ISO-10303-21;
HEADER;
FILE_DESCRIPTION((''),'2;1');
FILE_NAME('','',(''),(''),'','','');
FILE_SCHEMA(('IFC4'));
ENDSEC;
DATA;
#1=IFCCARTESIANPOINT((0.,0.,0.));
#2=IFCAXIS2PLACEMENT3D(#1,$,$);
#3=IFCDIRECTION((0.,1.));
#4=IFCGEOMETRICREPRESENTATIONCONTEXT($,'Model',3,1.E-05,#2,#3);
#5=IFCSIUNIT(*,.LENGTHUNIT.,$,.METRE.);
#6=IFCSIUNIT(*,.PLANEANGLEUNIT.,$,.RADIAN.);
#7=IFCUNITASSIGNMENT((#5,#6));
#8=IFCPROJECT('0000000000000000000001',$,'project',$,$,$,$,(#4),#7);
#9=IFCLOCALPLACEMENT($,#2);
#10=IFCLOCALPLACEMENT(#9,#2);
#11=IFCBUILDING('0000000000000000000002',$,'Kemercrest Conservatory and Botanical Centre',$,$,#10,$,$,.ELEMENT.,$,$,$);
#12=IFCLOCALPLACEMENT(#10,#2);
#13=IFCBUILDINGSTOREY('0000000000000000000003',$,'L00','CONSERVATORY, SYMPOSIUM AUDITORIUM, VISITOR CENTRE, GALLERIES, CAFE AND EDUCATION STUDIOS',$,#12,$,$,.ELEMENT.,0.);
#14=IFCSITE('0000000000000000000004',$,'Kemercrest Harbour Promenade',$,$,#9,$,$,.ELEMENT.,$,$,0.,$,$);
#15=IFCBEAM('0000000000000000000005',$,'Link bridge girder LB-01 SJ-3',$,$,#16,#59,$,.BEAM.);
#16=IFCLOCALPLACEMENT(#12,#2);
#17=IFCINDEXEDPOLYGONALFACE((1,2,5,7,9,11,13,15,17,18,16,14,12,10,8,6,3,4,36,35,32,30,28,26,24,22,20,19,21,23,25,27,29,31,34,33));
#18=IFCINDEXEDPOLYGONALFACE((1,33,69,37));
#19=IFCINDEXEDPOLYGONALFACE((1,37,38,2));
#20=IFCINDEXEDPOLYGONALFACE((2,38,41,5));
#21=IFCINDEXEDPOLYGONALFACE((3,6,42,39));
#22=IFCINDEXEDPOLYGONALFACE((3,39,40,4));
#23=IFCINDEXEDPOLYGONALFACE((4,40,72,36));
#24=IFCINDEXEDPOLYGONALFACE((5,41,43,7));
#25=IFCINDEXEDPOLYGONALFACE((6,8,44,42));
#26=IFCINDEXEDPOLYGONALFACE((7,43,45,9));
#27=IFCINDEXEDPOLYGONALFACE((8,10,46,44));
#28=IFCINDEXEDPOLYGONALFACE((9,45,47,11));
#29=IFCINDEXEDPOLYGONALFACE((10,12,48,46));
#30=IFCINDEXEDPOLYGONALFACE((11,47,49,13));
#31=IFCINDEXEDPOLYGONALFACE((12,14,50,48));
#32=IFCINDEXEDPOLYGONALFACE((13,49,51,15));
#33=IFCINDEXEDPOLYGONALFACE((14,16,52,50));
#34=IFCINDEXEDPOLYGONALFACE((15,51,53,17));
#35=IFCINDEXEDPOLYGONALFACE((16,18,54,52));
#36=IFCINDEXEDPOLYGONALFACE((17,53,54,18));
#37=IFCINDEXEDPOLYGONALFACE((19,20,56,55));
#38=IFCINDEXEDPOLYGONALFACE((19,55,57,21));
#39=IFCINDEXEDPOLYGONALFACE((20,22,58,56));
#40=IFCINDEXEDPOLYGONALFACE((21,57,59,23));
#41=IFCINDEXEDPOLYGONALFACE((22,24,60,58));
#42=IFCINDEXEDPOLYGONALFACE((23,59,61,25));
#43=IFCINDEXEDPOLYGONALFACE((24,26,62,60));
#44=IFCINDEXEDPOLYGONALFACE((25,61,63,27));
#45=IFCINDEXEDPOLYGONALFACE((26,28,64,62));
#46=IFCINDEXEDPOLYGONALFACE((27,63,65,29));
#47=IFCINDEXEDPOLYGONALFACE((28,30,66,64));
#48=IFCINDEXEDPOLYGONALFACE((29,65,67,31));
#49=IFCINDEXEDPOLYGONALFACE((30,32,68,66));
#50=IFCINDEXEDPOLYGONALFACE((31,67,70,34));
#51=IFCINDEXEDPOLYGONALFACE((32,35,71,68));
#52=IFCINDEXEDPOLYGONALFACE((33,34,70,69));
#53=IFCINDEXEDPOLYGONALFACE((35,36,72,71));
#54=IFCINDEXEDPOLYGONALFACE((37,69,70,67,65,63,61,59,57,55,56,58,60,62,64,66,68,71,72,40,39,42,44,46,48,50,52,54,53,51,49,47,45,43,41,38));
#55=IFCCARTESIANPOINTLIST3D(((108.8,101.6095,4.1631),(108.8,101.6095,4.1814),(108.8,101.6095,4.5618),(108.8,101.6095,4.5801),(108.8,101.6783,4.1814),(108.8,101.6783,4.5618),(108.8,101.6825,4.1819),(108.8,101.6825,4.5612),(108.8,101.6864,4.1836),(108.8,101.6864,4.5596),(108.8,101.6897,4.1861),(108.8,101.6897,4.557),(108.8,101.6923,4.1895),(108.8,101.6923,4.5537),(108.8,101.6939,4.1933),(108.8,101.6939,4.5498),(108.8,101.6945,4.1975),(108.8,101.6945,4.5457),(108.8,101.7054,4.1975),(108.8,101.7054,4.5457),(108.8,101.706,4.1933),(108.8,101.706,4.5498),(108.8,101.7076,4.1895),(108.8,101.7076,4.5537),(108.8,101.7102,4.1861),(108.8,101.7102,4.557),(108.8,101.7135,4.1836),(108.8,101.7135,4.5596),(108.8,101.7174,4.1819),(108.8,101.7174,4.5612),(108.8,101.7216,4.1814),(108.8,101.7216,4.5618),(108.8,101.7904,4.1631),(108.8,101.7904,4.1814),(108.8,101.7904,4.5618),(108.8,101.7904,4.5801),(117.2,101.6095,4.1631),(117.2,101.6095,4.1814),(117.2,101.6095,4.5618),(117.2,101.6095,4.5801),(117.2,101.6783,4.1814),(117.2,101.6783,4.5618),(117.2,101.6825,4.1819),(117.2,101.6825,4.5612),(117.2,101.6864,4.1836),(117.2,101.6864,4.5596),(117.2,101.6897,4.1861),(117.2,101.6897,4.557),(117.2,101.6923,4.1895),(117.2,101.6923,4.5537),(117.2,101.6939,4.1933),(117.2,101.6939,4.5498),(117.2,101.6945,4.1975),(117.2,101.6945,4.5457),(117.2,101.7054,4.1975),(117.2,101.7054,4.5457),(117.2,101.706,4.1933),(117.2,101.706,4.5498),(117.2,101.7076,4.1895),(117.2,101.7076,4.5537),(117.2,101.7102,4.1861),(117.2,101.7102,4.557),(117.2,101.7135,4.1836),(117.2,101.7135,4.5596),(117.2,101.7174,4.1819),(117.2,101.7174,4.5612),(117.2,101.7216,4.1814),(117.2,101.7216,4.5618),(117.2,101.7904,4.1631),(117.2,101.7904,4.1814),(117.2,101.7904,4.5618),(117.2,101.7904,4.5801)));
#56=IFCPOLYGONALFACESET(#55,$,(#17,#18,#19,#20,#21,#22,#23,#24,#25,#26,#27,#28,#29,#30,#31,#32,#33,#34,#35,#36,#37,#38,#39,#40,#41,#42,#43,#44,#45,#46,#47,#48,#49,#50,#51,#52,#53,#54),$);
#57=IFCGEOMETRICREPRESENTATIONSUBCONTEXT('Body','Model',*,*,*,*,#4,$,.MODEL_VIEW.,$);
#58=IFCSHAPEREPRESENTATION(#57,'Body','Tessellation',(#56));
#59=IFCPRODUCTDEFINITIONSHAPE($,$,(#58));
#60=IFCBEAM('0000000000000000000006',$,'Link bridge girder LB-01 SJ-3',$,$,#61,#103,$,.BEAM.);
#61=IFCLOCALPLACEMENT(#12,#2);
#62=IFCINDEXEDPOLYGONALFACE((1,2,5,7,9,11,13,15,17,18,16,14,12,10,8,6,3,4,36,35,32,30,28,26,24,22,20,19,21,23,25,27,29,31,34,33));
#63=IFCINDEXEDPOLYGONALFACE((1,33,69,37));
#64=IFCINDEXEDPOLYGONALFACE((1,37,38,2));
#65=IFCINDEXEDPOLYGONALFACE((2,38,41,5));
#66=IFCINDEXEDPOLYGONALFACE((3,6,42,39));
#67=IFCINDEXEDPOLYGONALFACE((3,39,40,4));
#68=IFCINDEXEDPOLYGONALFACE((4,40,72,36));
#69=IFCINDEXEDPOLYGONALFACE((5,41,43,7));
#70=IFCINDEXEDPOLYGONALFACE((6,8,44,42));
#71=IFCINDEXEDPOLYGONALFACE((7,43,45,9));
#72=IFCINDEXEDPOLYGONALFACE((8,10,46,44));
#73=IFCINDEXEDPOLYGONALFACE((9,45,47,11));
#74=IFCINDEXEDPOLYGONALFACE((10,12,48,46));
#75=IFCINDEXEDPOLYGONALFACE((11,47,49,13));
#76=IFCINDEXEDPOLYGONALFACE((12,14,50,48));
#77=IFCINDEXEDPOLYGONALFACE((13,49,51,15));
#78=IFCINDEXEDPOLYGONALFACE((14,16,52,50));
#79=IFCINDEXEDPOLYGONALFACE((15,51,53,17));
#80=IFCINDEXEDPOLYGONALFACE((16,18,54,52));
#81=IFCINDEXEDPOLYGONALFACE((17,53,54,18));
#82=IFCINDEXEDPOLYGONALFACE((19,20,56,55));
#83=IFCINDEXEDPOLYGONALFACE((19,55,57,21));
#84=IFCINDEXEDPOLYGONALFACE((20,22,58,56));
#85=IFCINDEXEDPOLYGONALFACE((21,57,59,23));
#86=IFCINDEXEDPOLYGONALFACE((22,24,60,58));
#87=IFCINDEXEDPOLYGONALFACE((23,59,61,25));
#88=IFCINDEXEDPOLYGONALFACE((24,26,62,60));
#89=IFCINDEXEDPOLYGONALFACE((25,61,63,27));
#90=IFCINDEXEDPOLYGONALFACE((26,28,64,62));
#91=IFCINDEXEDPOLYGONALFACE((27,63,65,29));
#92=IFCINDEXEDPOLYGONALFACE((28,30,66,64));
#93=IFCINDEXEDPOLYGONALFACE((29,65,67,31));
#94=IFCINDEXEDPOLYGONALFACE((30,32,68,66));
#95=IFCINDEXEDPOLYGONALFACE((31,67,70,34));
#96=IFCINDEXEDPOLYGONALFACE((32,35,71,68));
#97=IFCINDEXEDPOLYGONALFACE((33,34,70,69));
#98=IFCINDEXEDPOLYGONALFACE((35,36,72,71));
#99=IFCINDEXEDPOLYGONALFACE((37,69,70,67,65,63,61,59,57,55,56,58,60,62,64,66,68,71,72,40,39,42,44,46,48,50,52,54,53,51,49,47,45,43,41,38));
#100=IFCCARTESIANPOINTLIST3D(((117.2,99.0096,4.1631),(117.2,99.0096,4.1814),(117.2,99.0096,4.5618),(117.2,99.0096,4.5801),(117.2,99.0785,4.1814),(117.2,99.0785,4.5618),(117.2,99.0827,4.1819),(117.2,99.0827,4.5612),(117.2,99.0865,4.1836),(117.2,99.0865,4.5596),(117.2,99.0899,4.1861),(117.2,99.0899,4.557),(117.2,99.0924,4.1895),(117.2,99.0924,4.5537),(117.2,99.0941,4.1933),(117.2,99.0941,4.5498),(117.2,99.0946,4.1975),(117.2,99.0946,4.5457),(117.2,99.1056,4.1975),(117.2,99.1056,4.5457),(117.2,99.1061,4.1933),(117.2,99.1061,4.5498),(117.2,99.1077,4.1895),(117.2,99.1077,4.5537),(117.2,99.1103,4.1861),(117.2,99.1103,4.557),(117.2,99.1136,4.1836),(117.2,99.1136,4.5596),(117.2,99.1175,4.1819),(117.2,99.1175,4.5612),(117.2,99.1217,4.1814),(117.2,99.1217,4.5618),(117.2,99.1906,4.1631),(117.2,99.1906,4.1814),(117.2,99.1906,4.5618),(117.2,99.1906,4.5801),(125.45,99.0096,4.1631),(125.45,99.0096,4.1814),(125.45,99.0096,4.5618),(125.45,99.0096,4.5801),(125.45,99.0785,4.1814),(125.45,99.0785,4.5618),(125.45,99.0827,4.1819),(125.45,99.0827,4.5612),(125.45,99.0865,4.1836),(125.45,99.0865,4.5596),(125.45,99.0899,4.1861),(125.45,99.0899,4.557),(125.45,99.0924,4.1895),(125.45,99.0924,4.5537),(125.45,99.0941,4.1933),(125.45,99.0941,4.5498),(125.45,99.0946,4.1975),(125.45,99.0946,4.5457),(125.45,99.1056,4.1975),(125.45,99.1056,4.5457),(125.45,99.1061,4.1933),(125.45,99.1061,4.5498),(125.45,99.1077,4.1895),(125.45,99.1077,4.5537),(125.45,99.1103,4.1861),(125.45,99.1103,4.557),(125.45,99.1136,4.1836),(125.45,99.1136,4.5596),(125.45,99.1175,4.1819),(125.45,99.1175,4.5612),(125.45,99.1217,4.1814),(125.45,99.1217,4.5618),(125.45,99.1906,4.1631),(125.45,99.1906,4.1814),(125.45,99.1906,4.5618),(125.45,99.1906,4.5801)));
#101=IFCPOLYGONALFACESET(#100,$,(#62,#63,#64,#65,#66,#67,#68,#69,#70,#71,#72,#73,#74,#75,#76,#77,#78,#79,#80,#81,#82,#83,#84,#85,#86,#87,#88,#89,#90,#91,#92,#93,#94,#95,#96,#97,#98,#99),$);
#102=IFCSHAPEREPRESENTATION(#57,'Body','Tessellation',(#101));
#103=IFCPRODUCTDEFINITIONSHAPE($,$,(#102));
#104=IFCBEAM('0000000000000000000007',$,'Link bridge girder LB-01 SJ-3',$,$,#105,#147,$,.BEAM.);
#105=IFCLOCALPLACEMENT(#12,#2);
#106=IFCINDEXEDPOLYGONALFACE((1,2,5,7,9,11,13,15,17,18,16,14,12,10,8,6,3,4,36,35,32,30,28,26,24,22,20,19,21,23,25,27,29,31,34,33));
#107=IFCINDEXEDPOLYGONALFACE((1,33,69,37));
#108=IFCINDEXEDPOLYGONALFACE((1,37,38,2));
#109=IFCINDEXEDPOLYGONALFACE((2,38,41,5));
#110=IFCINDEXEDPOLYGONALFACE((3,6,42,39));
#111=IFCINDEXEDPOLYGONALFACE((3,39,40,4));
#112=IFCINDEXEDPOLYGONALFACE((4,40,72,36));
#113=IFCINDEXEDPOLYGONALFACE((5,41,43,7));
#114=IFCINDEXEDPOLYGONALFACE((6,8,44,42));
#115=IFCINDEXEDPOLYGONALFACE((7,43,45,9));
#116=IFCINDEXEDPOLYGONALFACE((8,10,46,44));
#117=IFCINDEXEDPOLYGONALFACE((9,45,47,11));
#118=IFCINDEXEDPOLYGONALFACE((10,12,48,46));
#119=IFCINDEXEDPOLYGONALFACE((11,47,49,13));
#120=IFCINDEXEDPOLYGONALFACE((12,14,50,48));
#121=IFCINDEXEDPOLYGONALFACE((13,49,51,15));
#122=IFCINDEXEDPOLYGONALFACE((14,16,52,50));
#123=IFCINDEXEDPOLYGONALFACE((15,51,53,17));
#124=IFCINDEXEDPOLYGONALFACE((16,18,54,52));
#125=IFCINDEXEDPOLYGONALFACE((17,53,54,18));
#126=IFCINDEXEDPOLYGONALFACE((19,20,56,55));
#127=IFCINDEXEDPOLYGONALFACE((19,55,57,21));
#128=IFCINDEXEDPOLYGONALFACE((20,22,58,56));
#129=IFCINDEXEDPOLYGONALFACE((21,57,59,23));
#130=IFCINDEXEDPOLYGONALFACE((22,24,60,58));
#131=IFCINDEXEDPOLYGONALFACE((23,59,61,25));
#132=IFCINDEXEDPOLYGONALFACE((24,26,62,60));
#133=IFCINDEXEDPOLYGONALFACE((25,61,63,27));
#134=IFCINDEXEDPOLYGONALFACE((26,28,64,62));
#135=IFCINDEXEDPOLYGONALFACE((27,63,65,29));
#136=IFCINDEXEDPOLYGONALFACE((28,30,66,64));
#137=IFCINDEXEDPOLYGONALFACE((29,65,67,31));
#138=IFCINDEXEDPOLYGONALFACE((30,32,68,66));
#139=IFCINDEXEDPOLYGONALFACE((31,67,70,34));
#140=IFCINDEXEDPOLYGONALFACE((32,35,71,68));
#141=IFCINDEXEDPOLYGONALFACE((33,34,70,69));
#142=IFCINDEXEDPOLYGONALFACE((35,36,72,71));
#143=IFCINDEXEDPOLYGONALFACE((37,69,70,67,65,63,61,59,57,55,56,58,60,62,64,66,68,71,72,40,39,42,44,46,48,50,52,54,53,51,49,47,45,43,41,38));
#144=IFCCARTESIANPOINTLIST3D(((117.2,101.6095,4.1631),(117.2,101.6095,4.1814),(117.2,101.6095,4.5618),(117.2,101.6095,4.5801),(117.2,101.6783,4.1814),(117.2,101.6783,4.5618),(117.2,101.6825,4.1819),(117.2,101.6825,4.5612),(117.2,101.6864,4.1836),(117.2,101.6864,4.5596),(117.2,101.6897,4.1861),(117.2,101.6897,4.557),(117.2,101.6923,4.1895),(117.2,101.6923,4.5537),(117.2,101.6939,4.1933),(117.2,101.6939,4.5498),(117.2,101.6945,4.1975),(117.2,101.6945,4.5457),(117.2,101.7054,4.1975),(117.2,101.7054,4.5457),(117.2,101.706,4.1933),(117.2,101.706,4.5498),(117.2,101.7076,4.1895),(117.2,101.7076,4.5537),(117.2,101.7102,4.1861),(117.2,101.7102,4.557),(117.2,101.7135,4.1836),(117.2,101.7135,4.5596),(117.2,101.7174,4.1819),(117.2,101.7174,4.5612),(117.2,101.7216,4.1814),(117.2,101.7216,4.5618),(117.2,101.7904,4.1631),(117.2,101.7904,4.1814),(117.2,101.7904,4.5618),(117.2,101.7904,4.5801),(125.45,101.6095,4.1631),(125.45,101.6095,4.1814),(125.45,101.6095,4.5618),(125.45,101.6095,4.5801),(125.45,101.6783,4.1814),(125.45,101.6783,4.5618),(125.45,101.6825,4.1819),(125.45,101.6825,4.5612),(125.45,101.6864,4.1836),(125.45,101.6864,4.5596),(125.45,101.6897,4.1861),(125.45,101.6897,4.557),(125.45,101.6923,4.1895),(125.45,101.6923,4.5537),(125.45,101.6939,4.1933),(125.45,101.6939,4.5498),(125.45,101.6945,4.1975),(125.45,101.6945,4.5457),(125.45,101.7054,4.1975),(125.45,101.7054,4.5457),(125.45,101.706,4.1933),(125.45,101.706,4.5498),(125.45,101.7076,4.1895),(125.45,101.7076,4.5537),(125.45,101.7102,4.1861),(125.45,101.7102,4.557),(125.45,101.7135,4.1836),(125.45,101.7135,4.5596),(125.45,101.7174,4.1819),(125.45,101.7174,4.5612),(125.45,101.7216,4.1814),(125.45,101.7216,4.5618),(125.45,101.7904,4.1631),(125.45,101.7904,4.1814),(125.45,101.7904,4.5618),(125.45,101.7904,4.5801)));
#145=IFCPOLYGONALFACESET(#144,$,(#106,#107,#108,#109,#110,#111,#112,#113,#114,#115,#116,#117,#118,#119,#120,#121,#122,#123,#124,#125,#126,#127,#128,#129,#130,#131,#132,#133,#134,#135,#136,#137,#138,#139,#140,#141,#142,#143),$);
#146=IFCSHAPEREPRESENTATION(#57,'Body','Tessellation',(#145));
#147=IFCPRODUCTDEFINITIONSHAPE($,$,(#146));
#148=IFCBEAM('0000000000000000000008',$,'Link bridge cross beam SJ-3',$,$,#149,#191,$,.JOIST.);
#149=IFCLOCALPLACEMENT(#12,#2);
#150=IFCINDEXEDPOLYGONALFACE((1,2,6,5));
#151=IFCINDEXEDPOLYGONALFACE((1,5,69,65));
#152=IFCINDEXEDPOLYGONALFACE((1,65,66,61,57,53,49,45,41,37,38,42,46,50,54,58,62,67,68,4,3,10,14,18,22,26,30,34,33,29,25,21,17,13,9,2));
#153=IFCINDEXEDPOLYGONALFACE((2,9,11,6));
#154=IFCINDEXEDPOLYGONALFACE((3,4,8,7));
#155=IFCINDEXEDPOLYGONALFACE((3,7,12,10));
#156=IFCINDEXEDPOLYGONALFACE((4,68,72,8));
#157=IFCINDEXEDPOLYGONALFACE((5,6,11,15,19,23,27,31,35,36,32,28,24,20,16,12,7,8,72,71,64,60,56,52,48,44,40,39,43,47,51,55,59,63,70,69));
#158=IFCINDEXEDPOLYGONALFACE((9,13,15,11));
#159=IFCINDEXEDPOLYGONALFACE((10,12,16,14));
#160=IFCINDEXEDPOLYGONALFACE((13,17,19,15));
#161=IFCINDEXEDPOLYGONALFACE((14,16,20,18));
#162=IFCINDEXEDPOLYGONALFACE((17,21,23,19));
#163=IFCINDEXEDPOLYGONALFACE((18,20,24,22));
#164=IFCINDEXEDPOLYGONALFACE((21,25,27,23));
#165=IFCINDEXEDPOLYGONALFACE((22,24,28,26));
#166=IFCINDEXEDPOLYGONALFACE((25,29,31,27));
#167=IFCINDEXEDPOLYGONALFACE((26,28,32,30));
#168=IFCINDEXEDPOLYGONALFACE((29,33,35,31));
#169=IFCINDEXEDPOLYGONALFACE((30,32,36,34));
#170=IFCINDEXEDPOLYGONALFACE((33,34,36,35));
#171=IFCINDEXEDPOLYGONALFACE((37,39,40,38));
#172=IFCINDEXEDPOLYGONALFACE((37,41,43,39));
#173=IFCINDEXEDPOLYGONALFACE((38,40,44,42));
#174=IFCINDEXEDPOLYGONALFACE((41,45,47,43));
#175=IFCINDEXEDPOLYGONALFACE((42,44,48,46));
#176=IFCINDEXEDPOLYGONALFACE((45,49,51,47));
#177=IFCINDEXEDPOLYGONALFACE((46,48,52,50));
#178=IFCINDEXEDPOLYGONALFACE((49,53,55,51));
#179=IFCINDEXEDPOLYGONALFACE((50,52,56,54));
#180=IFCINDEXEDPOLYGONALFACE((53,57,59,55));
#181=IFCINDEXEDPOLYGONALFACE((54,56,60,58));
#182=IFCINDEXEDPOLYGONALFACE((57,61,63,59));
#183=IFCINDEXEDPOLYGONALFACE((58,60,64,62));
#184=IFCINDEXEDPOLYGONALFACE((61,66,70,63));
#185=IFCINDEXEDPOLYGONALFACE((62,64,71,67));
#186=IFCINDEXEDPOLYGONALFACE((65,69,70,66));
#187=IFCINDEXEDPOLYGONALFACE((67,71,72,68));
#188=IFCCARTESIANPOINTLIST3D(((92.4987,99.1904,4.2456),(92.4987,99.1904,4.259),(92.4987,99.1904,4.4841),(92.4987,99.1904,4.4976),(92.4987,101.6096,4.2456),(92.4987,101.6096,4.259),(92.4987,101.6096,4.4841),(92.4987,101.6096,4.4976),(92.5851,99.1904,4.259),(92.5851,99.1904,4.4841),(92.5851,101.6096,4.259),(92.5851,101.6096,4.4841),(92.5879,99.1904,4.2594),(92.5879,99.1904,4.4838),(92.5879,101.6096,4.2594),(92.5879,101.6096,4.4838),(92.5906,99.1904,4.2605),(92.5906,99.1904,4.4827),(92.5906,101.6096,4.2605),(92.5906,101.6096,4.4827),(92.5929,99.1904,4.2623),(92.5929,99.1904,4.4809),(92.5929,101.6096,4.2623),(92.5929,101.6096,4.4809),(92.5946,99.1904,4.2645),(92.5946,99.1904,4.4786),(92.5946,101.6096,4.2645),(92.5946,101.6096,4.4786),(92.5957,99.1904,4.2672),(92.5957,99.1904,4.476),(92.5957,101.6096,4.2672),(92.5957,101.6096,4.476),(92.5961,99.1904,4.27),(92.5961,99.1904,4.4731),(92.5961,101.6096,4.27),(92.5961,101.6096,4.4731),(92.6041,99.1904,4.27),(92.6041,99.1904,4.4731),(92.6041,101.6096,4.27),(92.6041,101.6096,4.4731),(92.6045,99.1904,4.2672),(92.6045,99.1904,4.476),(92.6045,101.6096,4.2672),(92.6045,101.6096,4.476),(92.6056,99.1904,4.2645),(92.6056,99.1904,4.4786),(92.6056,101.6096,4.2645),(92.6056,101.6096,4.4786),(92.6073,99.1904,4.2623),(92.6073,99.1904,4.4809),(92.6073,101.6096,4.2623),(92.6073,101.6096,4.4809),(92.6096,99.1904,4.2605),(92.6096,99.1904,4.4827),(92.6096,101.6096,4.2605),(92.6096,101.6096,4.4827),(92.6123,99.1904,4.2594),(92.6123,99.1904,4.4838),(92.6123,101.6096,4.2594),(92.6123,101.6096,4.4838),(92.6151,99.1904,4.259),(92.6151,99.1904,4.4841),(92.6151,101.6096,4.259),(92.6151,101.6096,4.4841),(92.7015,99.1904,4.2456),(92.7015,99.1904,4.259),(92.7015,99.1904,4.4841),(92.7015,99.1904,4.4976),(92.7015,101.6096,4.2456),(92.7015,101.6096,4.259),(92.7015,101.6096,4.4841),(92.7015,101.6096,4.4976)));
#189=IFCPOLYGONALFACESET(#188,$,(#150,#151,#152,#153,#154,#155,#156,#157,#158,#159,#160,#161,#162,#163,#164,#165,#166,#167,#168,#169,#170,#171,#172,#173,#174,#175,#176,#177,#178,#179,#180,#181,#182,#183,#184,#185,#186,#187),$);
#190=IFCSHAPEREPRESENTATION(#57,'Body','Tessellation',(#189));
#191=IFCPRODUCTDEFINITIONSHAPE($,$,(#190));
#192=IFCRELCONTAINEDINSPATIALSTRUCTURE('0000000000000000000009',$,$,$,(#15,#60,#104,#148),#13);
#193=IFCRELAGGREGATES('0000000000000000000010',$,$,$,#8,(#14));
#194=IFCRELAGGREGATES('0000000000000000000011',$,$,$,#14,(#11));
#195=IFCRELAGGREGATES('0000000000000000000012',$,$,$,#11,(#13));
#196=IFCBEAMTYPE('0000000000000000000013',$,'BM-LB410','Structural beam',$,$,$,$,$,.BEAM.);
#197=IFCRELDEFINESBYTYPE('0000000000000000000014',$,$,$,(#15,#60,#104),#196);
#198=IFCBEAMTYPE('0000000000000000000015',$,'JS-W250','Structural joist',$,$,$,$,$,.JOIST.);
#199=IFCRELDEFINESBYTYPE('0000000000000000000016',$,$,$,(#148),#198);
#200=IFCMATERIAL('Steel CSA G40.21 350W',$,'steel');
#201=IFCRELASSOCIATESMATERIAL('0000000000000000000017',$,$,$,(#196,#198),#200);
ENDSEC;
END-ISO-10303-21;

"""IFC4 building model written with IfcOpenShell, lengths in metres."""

from ifc_helpers import new_model, si_unit, direction, frame, origin, origin_2d, place, context, subcontext, project, spatial, i_section, extrude, material, material_profile, profile_set, type_object, element, save


model = new_model("IFC4")

# Units and contexts
model_context = context("Model", 3, precision=1e-05, world=origin(), true_north=direction((0.0, 1.0)))
body_context = subcontext(model_context, "Body", "Model", "MODEL_VIEW")
ifc_project = project(units=[si_unit("LENGTHUNIT", "METRE"), si_unit("PLANEANGLEUNIT", "RADIAN")], contexts=[model_context])

# Site, building, storey
site_placement = place(None, origin())
site = spatial("IfcSite", under=ifc_project, at=site_placement, Name="Kemercrest Harbour Promenade", CompositionType="ELEMENT", RefElevation=0.0)
building_placement = place(site_placement, origin())
building = spatial("IfcBuilding", under=site, at=building_placement, Name="Kemercrest Conservatory and Botanical Centre", CompositionType="ELEMENT")
storey_placement = place(building_placement, origin())
storey = spatial("IfcBuildingStorey", under=building, at=storey_placement, Name="L00", Description="CONSERVATORY, SYMPOSIUM AUDITORIUM, VISITOR CENTRE, GALLERIES, CAFE AND EDUCATION STUDIOS", CompositionType="ELEMENT", Elevation=0.0)

# Shared definitions
ifc_material_1 = material(Name="Steel CSA G40.21 350W", Category="steel")

# Beams
ifc_material_profile_1 = material_profile(ifc_material_1, i_section(OverallWidth=0.1809, OverallDepth=0.417, WebThickness=0.011, FlangeThickness=0.0183, FilletRadius=0.0161, at=origin_2d()), Name="W410X85")
ifc_profile_set_1 = profile_set([ifc_material_profile_1], Name="Steel CSA G40.21 350W")
beam_type_1 = type_object("IfcBeamType", Name="BM-LB410", Description="Structural beam", PredefinedType="BEAM", material=ifc_profile_set_1)
for number, where, z_axis, x_axis, name in (
    (1, (108.8, 101.7, 4.3716), (1.0, 0.0, 0.0), (0.0, 1.0, 0.0), "Link bridge girder LB-01 SJ-3"),
):
    element("IfcBeam", number, at=place(storey_placement, frame(where, z_axis=z_axis, x_axis=x_axis)), inside=storey, type_object=beam_type_1, Name=name, PredefinedType="BEAM", context=body_context, shape_type="SweptSolid", body=[
        extrude(i_section(OverallWidth=0.1809, OverallDepth=0.417, WebThickness=0.011, FlangeThickness=0.0183, FilletRadius=0.0161, at=origin_2d()), origin(), (0.0, 0.0, 1.0), 8.3999),
    ])
for number, where, z_axis, x_axis, name in (
    (2, (117.2, 99.1001, 4.3716), (1.0, 0.0, 0.0), (0.0, 1.0, 0.0), "Link bridge girder LB-01 SJ-3"),
    (3, (117.2, 101.7, 4.3716), (1.0, 0.0, 0.0), (0.0, 1.0, 0.0), "Link bridge girder LB-01 SJ-3"),
):
    element("IfcBeam", number, at=place(storey_placement, frame(where, z_axis=z_axis, x_axis=x_axis)), inside=storey, type_object=beam_type_1, Name=name, PredefinedType="BEAM", context=body_context, shape_type="SweptSolid", body=[
        extrude(i_section(OverallWidth=0.1809, OverallDepth=0.417, WebThickness=0.011, FlangeThickness=0.0183, FilletRadius=0.0161, at=origin_2d()), origin(), (0.0, 0.0, 1.0), 8.25),
    ])
ifc_material_profile_2 = material_profile(ifc_material_1, i_section(OverallWidth=0.2029, OverallDepth=0.252, WebThickness=0.0081, FlangeThickness=0.0134, FilletRadius=0.011, at=origin_2d()), Name="W250X58")
ifc_profile_set_2 = profile_set([ifc_material_profile_2], Name="Steel CSA G40.21 350W")
beam_type_2 = type_object("IfcBeamType", Name="JS-W250", Description="Structural joist", PredefinedType="JOIST", material=ifc_profile_set_2)
for number, where, z_axis, x_axis, name in (
    (4, (92.6001, 99.1904, 4.3716), (0.0, 1.0, 0.0), (-1.0, 0.0, 0.0), "Link bridge cross beam SJ-3"),
):
    element("IfcBeam", number, at=place(storey_placement, frame(where, z_axis=z_axis, x_axis=x_axis)), inside=storey, type_object=beam_type_2, Name=name, PredefinedType="JOIST", context=body_context, shape_type="SweptSolid", body=[
        extrude(i_section(OverallWidth=0.2029, OverallDepth=0.252, WebThickness=0.0081, FlangeThickness=0.0134, FilletRadius=0.011, at=origin_2d()), origin(), (0.0, 0.0, 1.0), 2.4192),
    ])

save(model, "model.ifc")
